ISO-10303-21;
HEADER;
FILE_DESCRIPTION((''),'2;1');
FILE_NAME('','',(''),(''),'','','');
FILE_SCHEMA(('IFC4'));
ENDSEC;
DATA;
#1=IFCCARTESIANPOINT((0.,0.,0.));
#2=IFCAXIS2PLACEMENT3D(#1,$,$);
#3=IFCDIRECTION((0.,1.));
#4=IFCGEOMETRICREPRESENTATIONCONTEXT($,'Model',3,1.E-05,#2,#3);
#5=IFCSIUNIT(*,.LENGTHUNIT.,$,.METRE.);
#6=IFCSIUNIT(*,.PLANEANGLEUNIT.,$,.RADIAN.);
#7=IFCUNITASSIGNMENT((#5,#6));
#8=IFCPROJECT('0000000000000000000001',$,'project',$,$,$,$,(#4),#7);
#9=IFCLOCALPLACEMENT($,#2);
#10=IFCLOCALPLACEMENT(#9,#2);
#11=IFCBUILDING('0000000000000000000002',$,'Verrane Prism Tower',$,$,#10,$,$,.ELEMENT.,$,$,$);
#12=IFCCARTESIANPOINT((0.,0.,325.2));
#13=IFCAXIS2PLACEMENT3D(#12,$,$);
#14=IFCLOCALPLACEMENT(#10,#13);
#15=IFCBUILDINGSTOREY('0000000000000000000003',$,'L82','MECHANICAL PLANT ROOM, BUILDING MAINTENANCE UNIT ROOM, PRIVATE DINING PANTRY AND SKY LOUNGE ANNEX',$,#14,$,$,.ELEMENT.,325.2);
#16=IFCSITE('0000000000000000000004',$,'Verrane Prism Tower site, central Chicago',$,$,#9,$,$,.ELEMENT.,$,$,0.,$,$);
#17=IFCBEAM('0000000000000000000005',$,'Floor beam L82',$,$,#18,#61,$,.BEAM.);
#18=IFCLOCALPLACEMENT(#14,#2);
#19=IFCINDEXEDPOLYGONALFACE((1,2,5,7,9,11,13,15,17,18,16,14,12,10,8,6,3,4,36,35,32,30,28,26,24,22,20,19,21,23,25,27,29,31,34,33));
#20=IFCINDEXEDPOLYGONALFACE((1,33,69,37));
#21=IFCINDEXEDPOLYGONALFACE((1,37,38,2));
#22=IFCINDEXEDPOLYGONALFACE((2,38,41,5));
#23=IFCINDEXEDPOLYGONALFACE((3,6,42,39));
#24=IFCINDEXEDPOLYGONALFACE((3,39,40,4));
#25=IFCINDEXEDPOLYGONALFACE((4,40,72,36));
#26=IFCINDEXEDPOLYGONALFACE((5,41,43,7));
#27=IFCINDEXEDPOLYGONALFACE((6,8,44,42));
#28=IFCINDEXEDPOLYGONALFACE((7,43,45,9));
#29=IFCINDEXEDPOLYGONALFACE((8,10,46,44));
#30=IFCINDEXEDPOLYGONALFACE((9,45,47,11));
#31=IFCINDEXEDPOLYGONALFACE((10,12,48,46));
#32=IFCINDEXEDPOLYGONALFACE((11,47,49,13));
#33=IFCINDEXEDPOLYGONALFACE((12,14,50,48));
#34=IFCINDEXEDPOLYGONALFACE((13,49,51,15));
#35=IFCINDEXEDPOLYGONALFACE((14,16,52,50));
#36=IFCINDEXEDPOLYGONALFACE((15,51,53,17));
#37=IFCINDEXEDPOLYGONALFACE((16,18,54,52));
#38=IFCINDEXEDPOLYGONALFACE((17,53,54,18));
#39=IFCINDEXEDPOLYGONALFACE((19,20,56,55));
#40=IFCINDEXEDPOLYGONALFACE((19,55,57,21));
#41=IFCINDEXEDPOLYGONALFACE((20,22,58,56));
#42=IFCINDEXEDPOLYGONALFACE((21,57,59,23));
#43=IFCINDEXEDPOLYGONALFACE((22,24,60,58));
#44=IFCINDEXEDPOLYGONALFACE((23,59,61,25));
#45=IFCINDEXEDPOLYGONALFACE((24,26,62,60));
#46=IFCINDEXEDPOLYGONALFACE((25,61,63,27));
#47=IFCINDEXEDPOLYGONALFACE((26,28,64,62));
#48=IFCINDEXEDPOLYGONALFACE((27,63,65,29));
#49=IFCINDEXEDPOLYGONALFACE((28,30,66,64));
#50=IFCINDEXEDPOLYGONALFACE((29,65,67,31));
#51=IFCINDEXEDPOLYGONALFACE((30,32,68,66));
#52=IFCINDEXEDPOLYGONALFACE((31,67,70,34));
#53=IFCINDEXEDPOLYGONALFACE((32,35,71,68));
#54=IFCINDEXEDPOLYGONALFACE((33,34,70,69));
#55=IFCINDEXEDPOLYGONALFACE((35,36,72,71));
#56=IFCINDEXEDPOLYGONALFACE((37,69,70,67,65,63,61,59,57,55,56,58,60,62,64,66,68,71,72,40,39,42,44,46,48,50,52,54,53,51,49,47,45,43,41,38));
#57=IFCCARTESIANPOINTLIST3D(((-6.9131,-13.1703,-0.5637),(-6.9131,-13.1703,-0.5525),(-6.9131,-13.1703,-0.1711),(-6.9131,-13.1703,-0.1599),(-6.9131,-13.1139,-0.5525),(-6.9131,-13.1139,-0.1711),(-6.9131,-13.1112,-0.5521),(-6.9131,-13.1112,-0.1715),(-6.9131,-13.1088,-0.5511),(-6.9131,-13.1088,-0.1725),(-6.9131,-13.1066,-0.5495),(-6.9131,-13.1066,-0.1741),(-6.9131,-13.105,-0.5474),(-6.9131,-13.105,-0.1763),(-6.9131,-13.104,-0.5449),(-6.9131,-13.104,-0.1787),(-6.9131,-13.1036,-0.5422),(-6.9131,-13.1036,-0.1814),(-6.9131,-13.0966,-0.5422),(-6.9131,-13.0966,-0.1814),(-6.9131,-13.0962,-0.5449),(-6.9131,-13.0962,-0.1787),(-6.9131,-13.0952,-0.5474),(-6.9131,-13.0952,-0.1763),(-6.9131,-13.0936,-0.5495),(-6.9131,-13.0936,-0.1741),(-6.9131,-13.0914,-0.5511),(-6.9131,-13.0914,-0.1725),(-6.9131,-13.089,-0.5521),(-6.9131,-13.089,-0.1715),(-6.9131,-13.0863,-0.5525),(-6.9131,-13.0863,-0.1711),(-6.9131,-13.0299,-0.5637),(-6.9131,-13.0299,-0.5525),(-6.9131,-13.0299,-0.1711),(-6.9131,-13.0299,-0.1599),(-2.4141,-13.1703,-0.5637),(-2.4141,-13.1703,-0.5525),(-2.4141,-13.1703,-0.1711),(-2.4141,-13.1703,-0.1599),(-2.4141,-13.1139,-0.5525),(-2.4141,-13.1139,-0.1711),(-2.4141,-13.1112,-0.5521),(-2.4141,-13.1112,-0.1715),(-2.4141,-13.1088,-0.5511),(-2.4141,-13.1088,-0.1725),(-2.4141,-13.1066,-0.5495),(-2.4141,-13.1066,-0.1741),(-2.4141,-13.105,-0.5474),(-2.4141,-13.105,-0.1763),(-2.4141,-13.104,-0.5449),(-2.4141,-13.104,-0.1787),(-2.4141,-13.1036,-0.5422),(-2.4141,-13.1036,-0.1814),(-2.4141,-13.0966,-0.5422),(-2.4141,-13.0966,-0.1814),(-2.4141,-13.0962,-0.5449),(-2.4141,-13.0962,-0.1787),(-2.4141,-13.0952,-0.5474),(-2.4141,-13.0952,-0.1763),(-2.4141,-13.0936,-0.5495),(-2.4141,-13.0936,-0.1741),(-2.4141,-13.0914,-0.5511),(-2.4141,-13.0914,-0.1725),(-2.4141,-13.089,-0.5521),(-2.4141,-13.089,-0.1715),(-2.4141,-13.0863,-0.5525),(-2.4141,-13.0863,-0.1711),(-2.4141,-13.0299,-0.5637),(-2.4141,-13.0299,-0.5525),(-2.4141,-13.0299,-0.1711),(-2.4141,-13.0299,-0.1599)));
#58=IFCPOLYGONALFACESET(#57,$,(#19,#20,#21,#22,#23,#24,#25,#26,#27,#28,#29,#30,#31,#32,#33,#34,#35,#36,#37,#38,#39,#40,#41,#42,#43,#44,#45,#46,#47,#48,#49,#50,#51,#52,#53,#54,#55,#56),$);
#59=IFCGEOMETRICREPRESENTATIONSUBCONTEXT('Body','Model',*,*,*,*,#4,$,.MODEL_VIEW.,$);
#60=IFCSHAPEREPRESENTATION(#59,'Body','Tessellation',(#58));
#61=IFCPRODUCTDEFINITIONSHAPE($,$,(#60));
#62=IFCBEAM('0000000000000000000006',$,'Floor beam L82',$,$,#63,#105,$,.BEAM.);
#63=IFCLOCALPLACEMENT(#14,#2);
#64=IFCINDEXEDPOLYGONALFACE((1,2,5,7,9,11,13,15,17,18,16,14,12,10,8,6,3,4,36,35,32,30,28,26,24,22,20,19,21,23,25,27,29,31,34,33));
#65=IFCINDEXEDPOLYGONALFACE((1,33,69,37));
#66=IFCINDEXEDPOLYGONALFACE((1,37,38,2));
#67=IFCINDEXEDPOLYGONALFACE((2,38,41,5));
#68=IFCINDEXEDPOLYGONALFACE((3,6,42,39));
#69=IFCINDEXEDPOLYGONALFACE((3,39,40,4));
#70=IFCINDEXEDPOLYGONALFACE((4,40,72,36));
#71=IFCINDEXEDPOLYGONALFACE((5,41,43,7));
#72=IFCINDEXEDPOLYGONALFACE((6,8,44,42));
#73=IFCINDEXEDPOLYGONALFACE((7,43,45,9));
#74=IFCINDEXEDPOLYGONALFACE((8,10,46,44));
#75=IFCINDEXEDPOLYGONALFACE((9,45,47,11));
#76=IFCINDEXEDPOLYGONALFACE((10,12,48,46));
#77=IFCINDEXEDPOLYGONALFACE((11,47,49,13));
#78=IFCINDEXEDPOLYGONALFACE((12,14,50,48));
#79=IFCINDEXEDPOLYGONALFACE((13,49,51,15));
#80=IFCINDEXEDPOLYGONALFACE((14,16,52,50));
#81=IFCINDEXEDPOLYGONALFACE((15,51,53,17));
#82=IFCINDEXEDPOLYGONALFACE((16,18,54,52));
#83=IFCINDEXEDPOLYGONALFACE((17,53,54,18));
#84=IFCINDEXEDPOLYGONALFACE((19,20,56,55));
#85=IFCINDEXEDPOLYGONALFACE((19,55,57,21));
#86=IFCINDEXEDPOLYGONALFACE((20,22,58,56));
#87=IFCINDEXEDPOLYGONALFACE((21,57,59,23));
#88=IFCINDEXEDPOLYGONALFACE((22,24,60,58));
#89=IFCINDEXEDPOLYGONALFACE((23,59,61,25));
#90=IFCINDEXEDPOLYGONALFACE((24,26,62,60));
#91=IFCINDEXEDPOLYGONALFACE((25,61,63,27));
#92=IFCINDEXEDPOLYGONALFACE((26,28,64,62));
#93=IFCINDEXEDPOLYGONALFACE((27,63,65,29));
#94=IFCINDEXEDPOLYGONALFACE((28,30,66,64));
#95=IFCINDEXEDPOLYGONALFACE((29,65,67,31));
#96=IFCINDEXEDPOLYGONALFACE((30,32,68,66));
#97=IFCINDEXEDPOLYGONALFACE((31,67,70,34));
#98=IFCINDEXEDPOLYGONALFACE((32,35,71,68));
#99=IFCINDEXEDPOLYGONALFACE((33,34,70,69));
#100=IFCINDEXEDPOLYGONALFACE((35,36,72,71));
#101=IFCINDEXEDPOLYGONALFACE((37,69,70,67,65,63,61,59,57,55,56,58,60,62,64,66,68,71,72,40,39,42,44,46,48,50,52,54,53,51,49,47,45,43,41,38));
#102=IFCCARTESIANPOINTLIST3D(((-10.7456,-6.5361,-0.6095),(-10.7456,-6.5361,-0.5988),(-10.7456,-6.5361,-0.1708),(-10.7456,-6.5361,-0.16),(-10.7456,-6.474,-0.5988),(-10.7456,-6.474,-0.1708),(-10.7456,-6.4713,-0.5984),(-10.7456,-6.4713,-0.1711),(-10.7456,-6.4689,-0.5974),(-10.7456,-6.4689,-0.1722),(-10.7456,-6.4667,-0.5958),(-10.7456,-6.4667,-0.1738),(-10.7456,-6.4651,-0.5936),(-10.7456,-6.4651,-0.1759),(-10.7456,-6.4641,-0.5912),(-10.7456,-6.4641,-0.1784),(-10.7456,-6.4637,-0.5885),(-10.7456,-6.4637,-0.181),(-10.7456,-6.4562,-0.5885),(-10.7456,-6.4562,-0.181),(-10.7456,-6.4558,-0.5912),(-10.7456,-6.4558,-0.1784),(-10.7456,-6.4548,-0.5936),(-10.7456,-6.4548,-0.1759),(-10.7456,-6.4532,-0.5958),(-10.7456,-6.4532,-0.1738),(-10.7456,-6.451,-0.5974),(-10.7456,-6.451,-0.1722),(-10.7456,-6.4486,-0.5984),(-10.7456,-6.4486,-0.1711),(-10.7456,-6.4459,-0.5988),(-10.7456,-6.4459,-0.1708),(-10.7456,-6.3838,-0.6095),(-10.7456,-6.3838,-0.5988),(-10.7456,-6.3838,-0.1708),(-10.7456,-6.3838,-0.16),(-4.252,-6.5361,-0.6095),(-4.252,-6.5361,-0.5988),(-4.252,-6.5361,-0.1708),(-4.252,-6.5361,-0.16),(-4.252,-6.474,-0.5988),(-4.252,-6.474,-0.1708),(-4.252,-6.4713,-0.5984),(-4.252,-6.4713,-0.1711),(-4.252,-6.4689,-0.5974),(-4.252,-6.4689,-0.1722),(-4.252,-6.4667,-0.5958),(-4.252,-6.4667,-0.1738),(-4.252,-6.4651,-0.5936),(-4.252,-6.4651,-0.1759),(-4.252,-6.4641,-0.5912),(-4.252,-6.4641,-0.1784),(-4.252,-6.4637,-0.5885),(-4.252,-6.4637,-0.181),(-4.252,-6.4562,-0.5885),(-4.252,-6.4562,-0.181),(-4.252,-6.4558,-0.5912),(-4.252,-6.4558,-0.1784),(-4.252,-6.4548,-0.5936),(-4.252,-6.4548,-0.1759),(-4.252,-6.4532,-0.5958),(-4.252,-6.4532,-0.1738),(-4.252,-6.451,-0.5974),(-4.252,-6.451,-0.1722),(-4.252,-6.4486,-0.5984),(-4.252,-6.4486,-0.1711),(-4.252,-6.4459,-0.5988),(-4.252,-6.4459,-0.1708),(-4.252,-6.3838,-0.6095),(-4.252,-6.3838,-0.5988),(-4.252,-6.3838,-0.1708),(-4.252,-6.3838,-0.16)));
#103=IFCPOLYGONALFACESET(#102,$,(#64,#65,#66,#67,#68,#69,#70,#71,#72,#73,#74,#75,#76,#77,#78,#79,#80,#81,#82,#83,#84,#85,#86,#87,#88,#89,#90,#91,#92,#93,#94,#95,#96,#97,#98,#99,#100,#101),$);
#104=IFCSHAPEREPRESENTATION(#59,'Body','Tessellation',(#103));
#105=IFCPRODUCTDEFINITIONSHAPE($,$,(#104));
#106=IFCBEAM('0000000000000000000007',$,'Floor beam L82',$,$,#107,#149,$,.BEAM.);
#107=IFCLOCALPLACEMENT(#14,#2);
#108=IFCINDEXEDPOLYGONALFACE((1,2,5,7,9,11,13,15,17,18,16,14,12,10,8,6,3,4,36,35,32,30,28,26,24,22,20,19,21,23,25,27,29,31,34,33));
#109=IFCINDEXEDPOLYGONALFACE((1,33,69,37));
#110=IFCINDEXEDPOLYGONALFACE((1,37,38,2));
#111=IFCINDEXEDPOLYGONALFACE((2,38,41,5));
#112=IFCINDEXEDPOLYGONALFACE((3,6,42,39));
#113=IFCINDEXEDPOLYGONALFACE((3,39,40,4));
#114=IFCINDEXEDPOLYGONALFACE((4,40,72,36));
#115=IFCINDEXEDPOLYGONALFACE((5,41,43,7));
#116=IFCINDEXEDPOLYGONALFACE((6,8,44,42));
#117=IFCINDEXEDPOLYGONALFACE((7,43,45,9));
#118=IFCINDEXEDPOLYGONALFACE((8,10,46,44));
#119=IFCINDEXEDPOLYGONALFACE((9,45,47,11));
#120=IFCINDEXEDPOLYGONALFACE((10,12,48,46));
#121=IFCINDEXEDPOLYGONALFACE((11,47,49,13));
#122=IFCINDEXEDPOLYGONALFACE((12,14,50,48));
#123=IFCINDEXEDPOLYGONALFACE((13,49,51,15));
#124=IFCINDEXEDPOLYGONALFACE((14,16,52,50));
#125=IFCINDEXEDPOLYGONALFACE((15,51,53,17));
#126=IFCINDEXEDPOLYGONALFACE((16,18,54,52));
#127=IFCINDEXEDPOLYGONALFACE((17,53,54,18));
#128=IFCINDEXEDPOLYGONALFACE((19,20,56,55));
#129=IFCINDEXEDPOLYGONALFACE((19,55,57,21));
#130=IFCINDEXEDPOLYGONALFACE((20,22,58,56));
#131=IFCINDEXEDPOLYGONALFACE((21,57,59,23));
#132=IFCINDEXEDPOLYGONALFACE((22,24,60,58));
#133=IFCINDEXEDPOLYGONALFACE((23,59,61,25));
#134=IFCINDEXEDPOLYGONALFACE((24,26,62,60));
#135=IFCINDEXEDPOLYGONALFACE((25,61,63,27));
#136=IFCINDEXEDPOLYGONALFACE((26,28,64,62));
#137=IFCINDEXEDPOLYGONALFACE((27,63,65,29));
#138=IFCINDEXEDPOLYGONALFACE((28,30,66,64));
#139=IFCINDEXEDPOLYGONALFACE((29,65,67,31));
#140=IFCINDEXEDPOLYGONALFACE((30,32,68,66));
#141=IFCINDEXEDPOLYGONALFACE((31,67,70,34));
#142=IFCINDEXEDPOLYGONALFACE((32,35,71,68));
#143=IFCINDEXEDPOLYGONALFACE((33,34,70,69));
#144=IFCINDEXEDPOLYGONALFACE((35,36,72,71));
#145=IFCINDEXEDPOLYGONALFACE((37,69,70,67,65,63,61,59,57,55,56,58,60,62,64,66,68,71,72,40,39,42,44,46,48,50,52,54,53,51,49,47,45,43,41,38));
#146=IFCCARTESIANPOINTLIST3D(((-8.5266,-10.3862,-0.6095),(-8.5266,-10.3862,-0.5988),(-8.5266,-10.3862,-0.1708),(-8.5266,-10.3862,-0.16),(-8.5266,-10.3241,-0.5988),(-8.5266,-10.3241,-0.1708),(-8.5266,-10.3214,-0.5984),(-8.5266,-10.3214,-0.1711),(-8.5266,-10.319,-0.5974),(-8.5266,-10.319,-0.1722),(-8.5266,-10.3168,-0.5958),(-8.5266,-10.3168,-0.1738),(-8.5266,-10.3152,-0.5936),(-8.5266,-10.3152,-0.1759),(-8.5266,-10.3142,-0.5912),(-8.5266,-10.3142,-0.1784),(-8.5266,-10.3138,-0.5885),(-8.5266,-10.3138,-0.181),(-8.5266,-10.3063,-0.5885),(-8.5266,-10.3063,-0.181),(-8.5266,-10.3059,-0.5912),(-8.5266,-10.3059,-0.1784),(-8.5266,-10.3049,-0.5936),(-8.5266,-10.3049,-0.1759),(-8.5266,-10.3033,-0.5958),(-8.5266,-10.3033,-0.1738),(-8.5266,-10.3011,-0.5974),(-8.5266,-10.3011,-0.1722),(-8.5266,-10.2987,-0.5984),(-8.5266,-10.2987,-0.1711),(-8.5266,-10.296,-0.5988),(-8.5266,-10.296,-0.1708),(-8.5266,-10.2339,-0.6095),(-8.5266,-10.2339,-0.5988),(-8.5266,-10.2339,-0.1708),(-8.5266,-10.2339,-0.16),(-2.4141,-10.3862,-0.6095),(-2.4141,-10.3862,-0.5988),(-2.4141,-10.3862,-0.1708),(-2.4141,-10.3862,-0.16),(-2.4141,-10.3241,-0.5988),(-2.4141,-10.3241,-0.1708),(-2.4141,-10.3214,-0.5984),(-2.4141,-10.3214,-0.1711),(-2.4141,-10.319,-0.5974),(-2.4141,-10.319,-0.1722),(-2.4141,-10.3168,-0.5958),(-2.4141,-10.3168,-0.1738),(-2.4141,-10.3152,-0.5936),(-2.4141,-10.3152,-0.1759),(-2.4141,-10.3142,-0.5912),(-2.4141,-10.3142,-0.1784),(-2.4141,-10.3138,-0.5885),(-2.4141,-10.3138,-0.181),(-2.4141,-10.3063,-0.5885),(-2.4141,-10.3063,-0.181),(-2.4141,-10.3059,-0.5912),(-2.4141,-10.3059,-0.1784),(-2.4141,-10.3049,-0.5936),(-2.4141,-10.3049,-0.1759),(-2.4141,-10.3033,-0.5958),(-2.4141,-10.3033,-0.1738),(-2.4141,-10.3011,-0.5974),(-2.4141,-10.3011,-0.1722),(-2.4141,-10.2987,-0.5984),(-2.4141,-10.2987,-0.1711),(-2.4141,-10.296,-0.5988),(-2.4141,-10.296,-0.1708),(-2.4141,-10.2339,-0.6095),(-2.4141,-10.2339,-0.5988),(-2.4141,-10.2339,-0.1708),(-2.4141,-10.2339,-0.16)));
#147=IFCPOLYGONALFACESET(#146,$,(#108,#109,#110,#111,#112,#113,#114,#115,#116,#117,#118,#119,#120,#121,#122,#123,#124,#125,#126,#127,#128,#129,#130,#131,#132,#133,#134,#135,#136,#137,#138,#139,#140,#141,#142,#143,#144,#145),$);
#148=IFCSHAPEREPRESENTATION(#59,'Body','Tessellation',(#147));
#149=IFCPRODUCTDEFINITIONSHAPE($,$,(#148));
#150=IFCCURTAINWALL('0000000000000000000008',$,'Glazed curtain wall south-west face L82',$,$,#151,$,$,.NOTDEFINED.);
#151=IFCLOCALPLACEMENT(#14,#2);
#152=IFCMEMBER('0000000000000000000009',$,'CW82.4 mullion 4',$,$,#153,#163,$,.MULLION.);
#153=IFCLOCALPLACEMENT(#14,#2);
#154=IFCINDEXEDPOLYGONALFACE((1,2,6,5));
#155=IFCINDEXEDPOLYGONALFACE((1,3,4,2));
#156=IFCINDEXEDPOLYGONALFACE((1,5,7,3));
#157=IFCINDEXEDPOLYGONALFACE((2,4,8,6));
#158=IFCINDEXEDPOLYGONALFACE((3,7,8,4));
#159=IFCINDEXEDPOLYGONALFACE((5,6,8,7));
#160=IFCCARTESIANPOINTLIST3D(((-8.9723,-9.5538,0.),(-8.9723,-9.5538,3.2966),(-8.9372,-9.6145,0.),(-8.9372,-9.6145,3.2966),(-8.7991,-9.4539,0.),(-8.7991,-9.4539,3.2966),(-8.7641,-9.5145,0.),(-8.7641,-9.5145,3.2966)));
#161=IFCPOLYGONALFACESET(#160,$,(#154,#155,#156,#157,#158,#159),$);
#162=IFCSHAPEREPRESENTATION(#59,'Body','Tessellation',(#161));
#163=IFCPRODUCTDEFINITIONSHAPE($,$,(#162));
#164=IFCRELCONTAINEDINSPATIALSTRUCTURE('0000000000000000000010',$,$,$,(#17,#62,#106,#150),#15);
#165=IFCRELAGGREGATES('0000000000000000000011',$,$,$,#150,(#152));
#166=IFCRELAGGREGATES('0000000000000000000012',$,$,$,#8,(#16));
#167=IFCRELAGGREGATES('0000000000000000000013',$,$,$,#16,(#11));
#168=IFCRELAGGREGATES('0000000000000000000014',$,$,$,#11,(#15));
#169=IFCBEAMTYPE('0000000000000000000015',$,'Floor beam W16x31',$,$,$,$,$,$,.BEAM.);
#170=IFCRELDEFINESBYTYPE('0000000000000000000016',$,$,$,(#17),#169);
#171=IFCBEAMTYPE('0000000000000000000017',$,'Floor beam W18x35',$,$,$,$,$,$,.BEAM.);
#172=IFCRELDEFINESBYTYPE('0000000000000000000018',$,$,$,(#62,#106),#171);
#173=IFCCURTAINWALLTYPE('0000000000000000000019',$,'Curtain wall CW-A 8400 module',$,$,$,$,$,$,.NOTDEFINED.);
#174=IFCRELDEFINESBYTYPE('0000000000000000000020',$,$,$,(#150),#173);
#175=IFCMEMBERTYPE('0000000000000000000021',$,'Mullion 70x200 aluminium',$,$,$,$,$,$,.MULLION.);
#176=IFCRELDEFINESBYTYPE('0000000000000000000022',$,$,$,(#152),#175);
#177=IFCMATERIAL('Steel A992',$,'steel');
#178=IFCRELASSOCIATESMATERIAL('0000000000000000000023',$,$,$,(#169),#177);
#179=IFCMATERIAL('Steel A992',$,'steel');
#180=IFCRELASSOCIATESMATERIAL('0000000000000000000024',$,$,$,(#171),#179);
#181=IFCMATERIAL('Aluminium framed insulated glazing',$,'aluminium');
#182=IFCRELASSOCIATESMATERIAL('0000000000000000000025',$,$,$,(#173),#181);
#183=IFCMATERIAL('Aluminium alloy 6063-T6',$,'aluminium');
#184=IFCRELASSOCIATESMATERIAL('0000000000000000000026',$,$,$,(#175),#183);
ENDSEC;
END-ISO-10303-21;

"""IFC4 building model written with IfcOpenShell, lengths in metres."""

from ifc_helpers import new_model, si_unit, direction, frame, origin, origin_2d, place, context, subcontext, project, spatial, rectangle, i_section, extrude, material, material_profile, profile_set, type_object, element, aggregate, save


model = new_model("IFC4")

# Units and contexts
model_context = context("Model", 3, precision=1e-05, world=origin(), true_north=direction((0.0, 1.0)))
body_context = subcontext(model_context, "Body", "Model", "MODEL_VIEW")
ifc_project = project(units=[si_unit("LENGTHUNIT", "METRE"), si_unit("PLANEANGLEUNIT", "RADIAN")], contexts=[model_context])

# Site, building, storey
site_placement = place(None, origin())
site = spatial("IfcSite", under=ifc_project, at=site_placement, Name="Verrane Prism Tower site, central Chicago", CompositionType="ELEMENT", RefElevation=0.0)
building_placement = place(site_placement, origin())
building = spatial("IfcBuilding", under=site, at=building_placement, Name="Verrane Prism Tower", CompositionType="ELEMENT")
storey_placement = place(building_placement, frame((0.0, 0.0, 325.2)))
storey = spatial("IfcBuildingStorey", under=building, at=storey_placement, Name="L82", Description="MECHANICAL PLANT ROOM, BUILDING MAINTENANCE UNIT ROOM, PRIVATE DINING PANTRY AND SKY LOUNGE ANNEX", CompositionType="ELEMENT", Elevation=325.2)

# Beams
ifc_material_1 = material(Name="Steel A992", Category="steel")
ifc_material_profile_1 = material_profile(ifc_material_1, i_section(OverallWidth=0.1404, OverallDepth=0.4038, WebThickness=0.0071, FlangeThickness=0.0112, FilletRadius=0.0103, at=origin_2d()), Name="W16x31")
ifc_profile_set_1 = profile_set([ifc_material_profile_1], Name="Steel A992")
beam_type_1 = type_object("IfcBeamType", Name="Floor beam W16x31", PredefinedType="BEAM", material=ifc_profile_set_1)
beam_1_placement = place(storey_placement, frame((-6.9131, -13.1001, -0.3618), z_axis=(1.0, 0.0, 0.0), x_axis=(0.0, 1.0, 0.0)))
element("IfcBeam", 1, at=beam_1_placement, inside=storey, type_object=beam_type_1, Name="Floor beam L82", PredefinedType="BEAM", context=body_context, shape_type="SweptSolid", body=[
    extrude(i_section(OverallWidth=0.1404, OverallDepth=0.4038, WebThickness=0.0071, FlangeThickness=0.0112, FilletRadius=0.0103, at=origin_2d()), origin(), (0.0, 0.0, 1.0), 4.499),
])
ifc_material_2 = material(Name="Steel A992", Category="steel")
ifc_material_profile_2 = material_profile(ifc_material_2, i_section(OverallWidth=0.1523, OverallDepth=0.4495, WebThickness=0.0076, FlangeThickness=0.0107, FilletRadius=0.0103, at=origin_2d()), Name="W18x35")
ifc_profile_set_2 = profile_set([ifc_material_profile_2], Name="Steel A992")
beam_type_2 = type_object("IfcBeamType", Name="Floor beam W18x35", PredefinedType="BEAM", material=ifc_profile_set_2)
beam_2_placement = place(storey_placement, frame((-10.7456, -6.46, -0.3848), z_axis=(1.0, 0.0, 0.0), x_axis=(0.0, 1.0, 0.0)))
element("IfcBeam", 2, at=beam_2_placement, inside=storey, type_object=beam_type_2, Name="Floor beam L82", PredefinedType="BEAM", context=body_context, shape_type="SweptSolid", body=[
    extrude(i_section(OverallWidth=0.1523, OverallDepth=0.4495, WebThickness=0.0076, FlangeThickness=0.0107, FilletRadius=0.0103, at=origin_2d()), origin(), (0.0, 0.0, 1.0), 6.4937),
])
beam_3_placement = place(storey_placement, frame((-8.5266, -10.3101, -0.3848), z_axis=(1.0, 0.0, 0.0), x_axis=(0.0, 1.0, 0.0)))
element("IfcBeam", 3, at=beam_3_placement, inside=storey, type_object=beam_type_2, Name="Floor beam L82", PredefinedType="BEAM", context=body_context, shape_type="SweptSolid", body=[
    extrude(i_section(OverallWidth=0.1523, OverallDepth=0.4495, WebThickness=0.0076, FlangeThickness=0.0107, FilletRadius=0.0103, at=origin_2d()), origin(), (0.0, 0.0, 1.0), 6.1125),
])

# Curtain wall, member
ifc_material_3 = material(Name="Aluminium framed insulated glazing", Category="aluminium")
curtain_wall_type = type_object("IfcCurtainWallType", Name="Curtain wall CW-A 8400 module", PredefinedType="NOTDEFINED", material=ifc_material_3)
curtain_wall_placement = place(storey_placement, origin())
curtain_wall = element("IfcCurtainWall", 4, at=curtain_wall_placement, inside=storey, type_object=curtain_wall_type, Name="Glazed curtain wall south-west face L82", PredefinedType="NOTDEFINED")
ifc_material_4 = material(Name="Aluminium alloy 6063-T6", Category="aluminium")
ifc_material_profile_3 = material_profile(ifc_material_4, rectangle(XDim=0.2, YDim=0.0701, at=origin_2d()), Name="Mullion 70x200 aluminium")
ifc_profile_set_3 = profile_set([ifc_material_profile_3], Name="Aluminium alloy 6063-T6")
member_type_1 = type_object("IfcMemberType", Name="Mullion 70x200 aluminium", PredefinedType="MULLION", material=ifc_profile_set_3)
member_1_placement = place(storey_placement, frame((-8.8682, -9.5342, 0.0), z_axis=(0.0, 0.0, 1.0), x_axis=(0.866025, 0.5, 0.0)))
member_1 = element("IfcMember", 5, at=member_1_placement, type_object=member_type_1, Name="CW82.4 mullion 4", PredefinedType="MULLION", context=body_context, shape_type="SweptSolid", body=[
    extrude(rectangle(XDim=0.2, YDim=0.0701, at=origin_2d()), origin(), (0.0, 0.0, 1.0), 3.2966),
])

aggregate(curtain_wall, [member_1])

save(model, "model.ifc")
